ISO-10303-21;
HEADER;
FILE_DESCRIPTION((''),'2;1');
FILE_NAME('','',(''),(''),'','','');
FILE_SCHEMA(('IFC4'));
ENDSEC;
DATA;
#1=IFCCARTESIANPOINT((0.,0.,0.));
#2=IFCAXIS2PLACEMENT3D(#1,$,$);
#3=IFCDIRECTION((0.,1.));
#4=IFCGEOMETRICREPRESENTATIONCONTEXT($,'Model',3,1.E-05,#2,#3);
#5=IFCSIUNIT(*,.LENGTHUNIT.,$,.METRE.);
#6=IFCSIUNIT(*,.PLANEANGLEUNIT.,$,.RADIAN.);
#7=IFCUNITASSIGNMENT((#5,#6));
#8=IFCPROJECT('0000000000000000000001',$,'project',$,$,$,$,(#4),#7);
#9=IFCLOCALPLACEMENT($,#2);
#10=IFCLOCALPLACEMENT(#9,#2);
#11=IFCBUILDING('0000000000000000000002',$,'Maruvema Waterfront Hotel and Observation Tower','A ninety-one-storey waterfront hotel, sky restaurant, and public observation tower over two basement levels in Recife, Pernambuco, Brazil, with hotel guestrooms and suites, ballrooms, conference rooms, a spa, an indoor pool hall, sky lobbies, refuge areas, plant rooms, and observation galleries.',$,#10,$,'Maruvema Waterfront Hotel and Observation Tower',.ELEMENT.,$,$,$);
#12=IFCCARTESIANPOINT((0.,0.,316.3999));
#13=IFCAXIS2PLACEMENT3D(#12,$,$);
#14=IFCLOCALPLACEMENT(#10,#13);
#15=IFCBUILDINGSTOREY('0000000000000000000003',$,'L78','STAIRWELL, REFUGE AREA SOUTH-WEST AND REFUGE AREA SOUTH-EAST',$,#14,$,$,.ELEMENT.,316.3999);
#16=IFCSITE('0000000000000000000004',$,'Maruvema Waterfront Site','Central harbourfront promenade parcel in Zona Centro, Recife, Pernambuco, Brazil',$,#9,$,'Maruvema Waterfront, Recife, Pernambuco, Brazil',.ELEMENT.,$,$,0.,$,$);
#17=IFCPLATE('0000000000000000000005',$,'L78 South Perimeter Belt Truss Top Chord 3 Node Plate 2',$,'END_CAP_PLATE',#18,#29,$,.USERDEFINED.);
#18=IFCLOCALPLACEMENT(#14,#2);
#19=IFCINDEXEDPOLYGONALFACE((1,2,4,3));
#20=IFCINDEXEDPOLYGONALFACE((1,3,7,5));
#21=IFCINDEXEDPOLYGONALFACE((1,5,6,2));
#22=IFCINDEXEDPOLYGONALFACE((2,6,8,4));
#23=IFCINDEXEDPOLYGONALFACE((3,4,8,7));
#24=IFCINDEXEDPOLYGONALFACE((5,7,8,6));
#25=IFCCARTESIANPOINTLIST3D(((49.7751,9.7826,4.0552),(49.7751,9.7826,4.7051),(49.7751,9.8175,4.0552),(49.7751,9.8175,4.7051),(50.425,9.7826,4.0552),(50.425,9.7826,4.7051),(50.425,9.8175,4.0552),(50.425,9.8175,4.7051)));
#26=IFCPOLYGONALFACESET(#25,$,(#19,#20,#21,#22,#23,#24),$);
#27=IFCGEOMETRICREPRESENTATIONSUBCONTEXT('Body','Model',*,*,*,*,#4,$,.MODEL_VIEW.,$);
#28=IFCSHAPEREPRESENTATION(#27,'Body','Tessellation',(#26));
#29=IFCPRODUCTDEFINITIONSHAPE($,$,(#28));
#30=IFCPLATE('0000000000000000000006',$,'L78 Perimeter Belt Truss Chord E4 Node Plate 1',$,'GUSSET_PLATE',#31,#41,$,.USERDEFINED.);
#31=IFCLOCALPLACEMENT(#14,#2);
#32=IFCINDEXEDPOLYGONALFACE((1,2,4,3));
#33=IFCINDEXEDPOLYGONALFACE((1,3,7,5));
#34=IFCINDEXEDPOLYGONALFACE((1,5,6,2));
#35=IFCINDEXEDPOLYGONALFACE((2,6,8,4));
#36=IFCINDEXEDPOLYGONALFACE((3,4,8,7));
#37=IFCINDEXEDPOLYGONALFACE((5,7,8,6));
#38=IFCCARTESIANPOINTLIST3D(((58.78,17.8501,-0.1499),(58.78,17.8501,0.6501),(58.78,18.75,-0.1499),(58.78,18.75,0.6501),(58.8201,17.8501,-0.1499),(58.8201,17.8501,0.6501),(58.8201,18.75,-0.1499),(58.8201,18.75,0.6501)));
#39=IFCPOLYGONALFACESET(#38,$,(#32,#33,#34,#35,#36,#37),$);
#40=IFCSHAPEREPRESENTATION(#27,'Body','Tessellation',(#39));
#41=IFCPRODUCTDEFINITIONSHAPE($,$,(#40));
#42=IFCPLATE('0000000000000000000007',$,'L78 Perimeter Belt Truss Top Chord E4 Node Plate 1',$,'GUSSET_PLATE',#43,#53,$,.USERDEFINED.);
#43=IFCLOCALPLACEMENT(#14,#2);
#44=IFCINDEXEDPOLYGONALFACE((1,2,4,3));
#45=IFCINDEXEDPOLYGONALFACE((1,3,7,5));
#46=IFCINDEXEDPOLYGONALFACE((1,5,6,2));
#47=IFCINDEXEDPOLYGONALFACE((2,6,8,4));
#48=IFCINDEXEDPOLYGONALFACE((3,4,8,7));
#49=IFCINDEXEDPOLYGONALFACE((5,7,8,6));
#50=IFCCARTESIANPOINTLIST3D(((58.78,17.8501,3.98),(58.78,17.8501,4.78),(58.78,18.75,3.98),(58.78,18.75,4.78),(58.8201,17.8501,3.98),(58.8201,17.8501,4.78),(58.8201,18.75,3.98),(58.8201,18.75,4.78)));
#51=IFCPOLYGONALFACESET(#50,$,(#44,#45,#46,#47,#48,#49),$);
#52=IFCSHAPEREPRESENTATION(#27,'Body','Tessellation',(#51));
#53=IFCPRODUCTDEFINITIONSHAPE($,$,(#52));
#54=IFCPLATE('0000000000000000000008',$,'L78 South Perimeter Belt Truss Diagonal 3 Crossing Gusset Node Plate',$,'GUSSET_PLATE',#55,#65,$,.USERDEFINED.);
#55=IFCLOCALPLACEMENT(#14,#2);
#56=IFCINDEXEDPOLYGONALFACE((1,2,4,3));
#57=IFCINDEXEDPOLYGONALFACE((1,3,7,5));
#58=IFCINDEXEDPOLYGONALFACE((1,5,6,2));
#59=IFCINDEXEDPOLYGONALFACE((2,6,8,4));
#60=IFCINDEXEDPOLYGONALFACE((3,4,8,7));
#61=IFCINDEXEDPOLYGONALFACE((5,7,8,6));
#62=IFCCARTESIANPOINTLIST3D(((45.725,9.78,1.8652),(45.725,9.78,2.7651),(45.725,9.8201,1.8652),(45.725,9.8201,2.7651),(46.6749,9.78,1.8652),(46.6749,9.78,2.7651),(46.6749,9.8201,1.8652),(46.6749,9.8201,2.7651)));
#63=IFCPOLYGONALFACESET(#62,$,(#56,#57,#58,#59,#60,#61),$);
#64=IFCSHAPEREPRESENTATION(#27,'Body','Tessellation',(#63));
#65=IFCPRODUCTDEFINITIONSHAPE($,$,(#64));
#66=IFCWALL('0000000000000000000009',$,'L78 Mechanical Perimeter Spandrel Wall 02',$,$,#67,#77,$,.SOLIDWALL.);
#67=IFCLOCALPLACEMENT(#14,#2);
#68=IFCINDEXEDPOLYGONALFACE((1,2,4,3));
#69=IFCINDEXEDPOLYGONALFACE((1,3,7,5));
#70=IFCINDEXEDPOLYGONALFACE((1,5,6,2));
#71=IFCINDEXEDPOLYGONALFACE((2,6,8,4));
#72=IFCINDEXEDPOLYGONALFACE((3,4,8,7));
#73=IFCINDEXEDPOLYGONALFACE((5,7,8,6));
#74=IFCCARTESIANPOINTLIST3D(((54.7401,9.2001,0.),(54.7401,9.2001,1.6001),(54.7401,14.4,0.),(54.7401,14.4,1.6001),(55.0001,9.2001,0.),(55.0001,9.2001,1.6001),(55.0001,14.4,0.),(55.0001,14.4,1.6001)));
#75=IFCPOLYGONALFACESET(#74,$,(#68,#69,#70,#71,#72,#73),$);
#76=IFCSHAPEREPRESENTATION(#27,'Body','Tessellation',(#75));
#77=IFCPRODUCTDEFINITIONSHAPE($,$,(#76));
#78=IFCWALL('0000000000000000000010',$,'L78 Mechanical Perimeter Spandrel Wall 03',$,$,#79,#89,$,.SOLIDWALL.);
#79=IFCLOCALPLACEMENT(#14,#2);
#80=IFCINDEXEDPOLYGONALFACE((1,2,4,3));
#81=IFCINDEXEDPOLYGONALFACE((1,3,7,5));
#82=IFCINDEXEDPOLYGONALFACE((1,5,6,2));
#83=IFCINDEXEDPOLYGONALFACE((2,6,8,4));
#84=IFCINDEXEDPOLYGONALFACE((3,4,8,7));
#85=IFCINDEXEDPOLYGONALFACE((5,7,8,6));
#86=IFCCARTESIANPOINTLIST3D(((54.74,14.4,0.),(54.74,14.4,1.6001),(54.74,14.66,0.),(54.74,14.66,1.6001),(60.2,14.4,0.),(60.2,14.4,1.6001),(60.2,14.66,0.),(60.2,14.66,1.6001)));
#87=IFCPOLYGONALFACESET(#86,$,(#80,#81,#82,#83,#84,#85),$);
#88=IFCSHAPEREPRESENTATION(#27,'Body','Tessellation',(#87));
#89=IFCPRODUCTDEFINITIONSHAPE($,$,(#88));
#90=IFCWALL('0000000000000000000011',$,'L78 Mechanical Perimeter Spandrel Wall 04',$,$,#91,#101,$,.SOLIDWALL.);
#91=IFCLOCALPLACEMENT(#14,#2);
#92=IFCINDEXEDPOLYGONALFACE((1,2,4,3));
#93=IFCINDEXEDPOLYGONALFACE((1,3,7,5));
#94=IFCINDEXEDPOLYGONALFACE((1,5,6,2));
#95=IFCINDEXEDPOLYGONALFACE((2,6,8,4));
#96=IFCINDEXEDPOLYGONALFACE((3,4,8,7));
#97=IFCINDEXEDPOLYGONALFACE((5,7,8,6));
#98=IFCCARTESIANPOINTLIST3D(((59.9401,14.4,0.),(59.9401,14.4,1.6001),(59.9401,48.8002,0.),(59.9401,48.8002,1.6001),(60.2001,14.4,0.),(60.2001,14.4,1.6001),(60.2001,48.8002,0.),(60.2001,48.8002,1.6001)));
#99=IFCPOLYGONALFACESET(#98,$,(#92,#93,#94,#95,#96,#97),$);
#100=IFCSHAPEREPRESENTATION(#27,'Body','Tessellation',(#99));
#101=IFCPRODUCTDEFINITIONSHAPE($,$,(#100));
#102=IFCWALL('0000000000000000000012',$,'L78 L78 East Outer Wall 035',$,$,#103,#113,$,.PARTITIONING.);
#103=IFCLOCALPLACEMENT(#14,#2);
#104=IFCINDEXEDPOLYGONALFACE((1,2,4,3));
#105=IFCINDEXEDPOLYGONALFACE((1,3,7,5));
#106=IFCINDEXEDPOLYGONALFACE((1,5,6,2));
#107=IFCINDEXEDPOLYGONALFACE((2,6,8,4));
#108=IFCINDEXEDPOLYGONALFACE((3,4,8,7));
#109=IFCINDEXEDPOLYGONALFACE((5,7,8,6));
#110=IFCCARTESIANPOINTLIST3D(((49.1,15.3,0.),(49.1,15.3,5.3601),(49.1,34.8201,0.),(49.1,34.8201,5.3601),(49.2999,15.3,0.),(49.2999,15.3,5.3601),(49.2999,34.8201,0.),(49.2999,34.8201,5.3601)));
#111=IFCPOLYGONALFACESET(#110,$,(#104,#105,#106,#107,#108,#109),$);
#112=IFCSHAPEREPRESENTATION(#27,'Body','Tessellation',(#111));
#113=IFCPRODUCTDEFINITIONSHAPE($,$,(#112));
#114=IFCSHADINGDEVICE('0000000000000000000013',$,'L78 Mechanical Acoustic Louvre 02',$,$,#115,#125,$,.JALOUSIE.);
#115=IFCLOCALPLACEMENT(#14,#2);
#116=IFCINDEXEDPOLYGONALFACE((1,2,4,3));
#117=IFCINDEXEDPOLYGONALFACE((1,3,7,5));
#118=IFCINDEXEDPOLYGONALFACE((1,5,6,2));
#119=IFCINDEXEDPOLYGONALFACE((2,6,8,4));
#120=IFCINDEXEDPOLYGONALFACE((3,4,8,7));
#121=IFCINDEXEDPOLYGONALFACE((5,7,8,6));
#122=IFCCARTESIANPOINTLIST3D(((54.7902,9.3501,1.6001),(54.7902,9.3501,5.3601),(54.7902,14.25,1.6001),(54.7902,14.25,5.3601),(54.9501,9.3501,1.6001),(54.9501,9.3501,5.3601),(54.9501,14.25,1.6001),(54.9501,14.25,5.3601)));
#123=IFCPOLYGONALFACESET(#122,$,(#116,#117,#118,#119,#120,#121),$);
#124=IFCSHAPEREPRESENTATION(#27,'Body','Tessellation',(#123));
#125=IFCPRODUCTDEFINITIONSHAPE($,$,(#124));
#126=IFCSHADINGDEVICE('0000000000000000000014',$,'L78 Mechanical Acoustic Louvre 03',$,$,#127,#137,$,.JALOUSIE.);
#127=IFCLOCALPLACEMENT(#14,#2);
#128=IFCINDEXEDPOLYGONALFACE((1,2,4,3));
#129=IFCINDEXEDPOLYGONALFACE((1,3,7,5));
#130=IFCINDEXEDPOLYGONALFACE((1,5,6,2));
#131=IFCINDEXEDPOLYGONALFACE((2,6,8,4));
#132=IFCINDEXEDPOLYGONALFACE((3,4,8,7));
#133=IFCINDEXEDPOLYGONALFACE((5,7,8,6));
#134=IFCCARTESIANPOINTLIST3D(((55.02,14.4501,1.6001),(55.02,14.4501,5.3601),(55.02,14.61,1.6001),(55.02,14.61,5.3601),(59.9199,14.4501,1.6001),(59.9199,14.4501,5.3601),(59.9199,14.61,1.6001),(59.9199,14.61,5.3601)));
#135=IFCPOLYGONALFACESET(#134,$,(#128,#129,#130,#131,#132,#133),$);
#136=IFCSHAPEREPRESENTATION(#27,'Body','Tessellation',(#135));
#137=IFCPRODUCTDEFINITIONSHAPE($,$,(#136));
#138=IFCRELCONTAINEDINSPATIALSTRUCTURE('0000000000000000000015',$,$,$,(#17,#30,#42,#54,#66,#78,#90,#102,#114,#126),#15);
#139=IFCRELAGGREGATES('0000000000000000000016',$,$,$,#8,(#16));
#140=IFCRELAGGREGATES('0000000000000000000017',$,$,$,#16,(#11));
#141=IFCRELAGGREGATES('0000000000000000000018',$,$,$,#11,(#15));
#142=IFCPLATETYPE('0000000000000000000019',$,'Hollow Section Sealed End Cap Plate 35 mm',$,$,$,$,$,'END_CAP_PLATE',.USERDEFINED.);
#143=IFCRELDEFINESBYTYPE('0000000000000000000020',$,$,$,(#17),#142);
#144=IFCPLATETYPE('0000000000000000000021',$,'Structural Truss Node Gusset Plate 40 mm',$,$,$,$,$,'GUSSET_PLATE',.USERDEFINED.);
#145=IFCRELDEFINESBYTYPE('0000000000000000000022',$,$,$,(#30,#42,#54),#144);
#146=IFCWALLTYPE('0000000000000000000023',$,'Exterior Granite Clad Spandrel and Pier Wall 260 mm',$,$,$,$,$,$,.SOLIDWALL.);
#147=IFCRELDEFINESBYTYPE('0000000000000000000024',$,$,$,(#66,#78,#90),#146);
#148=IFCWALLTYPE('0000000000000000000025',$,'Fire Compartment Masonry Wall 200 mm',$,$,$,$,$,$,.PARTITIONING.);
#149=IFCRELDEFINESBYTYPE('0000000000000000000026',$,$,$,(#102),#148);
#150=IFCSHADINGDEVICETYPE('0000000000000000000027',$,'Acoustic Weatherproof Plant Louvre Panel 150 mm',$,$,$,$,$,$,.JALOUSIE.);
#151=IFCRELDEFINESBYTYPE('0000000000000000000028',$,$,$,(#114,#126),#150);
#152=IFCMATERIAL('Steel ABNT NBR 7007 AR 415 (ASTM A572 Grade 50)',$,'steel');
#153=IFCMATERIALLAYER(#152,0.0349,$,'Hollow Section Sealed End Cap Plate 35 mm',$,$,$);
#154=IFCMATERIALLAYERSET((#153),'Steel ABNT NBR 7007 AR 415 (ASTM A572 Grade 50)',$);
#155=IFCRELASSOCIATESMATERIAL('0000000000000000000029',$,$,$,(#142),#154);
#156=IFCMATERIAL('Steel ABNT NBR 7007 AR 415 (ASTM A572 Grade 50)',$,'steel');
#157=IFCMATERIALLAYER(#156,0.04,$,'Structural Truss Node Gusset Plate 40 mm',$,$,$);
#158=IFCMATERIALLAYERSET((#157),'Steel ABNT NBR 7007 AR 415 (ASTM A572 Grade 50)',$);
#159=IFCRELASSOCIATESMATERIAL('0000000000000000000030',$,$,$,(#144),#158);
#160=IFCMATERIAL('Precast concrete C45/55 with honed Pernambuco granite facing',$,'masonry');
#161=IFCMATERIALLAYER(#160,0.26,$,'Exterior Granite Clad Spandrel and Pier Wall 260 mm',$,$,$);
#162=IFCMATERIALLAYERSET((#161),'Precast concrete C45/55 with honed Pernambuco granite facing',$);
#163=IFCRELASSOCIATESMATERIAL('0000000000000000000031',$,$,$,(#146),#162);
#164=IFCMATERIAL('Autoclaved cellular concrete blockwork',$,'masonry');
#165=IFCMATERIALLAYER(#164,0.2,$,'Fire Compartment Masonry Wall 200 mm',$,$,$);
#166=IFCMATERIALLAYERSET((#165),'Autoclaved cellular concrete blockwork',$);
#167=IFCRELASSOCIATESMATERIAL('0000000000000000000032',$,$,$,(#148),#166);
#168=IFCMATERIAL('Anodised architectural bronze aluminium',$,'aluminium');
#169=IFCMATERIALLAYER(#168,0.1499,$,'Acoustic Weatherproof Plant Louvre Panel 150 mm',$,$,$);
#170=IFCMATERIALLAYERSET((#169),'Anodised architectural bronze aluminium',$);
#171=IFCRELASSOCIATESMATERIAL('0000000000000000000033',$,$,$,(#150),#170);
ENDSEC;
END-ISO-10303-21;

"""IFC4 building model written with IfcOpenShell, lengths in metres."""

from ifc_helpers import new_model, si_unit, direction, frame, frame_2d, origin, origin_2d, place, context, subcontext, project, spatial, rectangle, extrude, material, layer, layer_set, type_object, element, save


model = new_model("IFC4")

# Units and contexts
model_context = context("Model", 3, precision=1e-05, world=origin(), true_north=direction((0.0, 1.0)))
body_context = subcontext(model_context, "Body", "Model", "MODEL_VIEW")
ifc_project = project(units=[si_unit("LENGTHUNIT", "METRE"), si_unit("PLANEANGLEUNIT", "RADIAN")], contexts=[model_context])

# Site, building, storey
site_placement = place(None, origin())
site = spatial("IfcSite", under=ifc_project, at=site_placement, Name="Maruvema Waterfront Site", Description="Central harbourfront promenade parcel in Zona Centro, Recife, Pernambuco, Brazil", LongName="Maruvema Waterfront, Recife, Pernambuco, Brazil", CompositionType="ELEMENT", RefElevation=0.0)
building_placement = place(site_placement, origin())
building = spatial("IfcBuilding", under=site, at=building_placement, Name="Maruvema Waterfront Hotel and Observation Tower", Description="A ninety-one-storey waterfront hotel, sky restaurant, and public observation tower over two basement levels in Recife, Pernambuco, Brazil, with hotel guestrooms and suites, ballrooms, conference rooms, a spa, an indoor pool hall, sky lobbies, refuge areas, plant rooms, and observation galleries.", LongName="Maruvema Waterfront Hotel and Observation Tower", CompositionType="ELEMENT")
storey_placement = place(building_placement, frame((0.0, 0.0, 316.3999)))
storey = spatial("IfcBuildingStorey", under=building, at=storey_placement, Name="L78", Description="STAIRWELL, REFUGE AREA SOUTH-WEST AND REFUGE AREA SOUTH-EAST", CompositionType="ELEMENT", Elevation=316.3999)

# Plates
ifc_material_1 = material(Name="Steel ABNT NBR 7007 AR 415 (ASTM A572 Grade 50)", Category="steel")
ifc_layer_1 = layer(ifc_material_1, 0.0349, Name="Hollow Section Sealed End Cap Plate 35 mm")
ifc_layer_set_1 = layer_set([ifc_layer_1], Name="Steel ABNT NBR 7007 AR 415 (ASTM A572 Grade 50)")
plate_type_1 = type_object("IfcPlateType", Name="Hollow Section Sealed End Cap Plate 35 mm", ElementType="END_CAP_PLATE", PredefinedType="USERDEFINED", material=ifc_layer_set_1)
for number, where, z_axis, x_axis, name in (
    (1, (50.1001, 9.8, 4.0552), (0.0, 0.0, 1.0), (1.0, 0.0, 0.0), "L78 South Perimeter Belt Truss Top Chord 3 Node Plate 2"),
):
    element("IfcPlate", number, at=place(storey_placement, frame(where, z_axis=z_axis, x_axis=x_axis)), inside=storey, type_object=plate_type_1, Name=name, ObjectType="END_CAP_PLATE", PredefinedType="USERDEFINED", context=body_context, shape_type="SweptSolid", body=[
        extrude(rectangle(XDim=0.6499, YDim=0.0349, at=origin_2d()), origin(), (0.0, 0.0, 1.0), 0.6499),
    ])
ifc_material_2 = material(Name="Steel ABNT NBR 7007 AR 415 (ASTM A572 Grade 50)", Category="steel")
ifc_layer_2 = layer(ifc_material_2, 0.04, Name="Structural Truss Node Gusset Plate 40 mm")
ifc_layer_set_2 = layer_set([ifc_layer_2], Name="Steel ABNT NBR 7007 AR 415 (ASTM A572 Grade 50)")
plate_type_2 = type_object("IfcPlateType", Name="Structural Truss Node Gusset Plate 40 mm", ElementType="GUSSET_PLATE", PredefinedType="USERDEFINED", material=ifc_layer_set_2)
for number, where, z_axis, x_axis, name in (
    (2, (58.8, 18.3, -0.1499), (0.0, 0.0, 1.0), (0.0, 1.0, 0.0), "L78 Perimeter Belt Truss Chord E4 Node Plate 1"),
    (3, (58.8, 18.3, 3.98), (0.0, 0.0, 1.0), (0.0, 1.0, 0.0), "L78 Perimeter Belt Truss Top Chord E4 Node Plate 1"),
):
    element("IfcPlate", number, at=place(storey_placement, frame(where, z_axis=z_axis, x_axis=x_axis)), inside=storey, type_object=plate_type_2, Name=name, ObjectType="GUSSET_PLATE", PredefinedType="USERDEFINED", context=body_context, shape_type="SweptSolid", body=[
        extrude(rectangle(XDim=0.8999, YDim=0.04, at=origin_2d()), origin(), (0.0, 0.0, 1.0), 0.8),
    ])
plate_placement = place(storey_placement, frame((46.2, 9.8, 1.8652), z_axis=(0.0, 0.0, 1.0), x_axis=(-1.0, 0.0, 0.0)))
element("IfcPlate", 4, at=plate_placement, inside=storey, type_object=plate_type_2, Name="L78 South Perimeter Belt Truss Diagonal 3 Crossing Gusset Node Plate", ObjectType="GUSSET_PLATE", PredefinedType="USERDEFINED", context=body_context, shape_type="SweptSolid", body=[
    extrude(rectangle(XDim=0.95, YDim=0.04, at=origin_2d()), origin(), (0.0, 0.0, 1.0), 0.8999),
])

# Walls
ifc_material_3 = material(Name="Precast concrete C45/55 with honed Pernambuco granite facing", Category="masonry")
ifc_layer_3 = layer(ifc_material_3, 0.26, Name="Exterior Granite Clad Spandrel and Pier Wall 260 mm")
ifc_layer_set_3 = layer_set([ifc_layer_3], Name="Precast concrete C45/55 with honed Pernambuco granite facing")
wall_type_1 = type_object("IfcWallType", Name="Exterior Granite Clad Spandrel and Pier Wall 260 mm", PredefinedType="SOLIDWALL", material=ifc_layer_set_3)
wall_1_placement = place(storey_placement, frame((54.8701, 9.2, 0.0), z_axis=(0.0, 0.0, 1.0), x_axis=(0.0, 1.0, 0.0)))
element("IfcWall", 5, at=wall_1_placement, inside=storey, type_object=wall_type_1, Name="L78 Mechanical Perimeter Spandrel Wall 02", PredefinedType="SOLIDWALL", context=body_context, shape_type="SweptSolid", body=[
    extrude(rectangle(XDim=5.2, YDim=0.26, at=frame_2d((2.6001, 0.0))), origin(), (0.0, 0.0, 1.0), 1.6001),
])
wall_2_placement = place(storey_placement, frame((54.74, 14.53, 0.0), z_axis=(0.0, 0.0, 1.0), x_axis=(1.0, 0.0, 0.0)))
element("IfcWall", 6, at=wall_2_placement, inside=storey, type_object=wall_type_1, Name="L78 Mechanical Perimeter Spandrel Wall 03", PredefinedType="SOLIDWALL", context=body_context, shape_type="SweptSolid", body=[
    extrude(rectangle(XDim=5.46, YDim=0.26, at=frame_2d((2.73, 0.0))), origin(), (0.0, 0.0, 1.0), 1.6001),
])
wall_3_placement = place(storey_placement, frame((60.0701, 14.3999, 0.0), z_axis=(0.0, 0.0, 1.0), x_axis=(0.0, 1.0, 0.0)))
element("IfcWall", 7, at=wall_3_placement, inside=storey, type_object=wall_type_1, Name="L78 Mechanical Perimeter Spandrel Wall 04", PredefinedType="SOLIDWALL", context=body_context, shape_type="SweptSolid", body=[
    extrude(rectangle(XDim=34.4001, YDim=0.26, at=frame_2d((17.2002, 0.0))), origin(), (0.0, 0.0, 1.0), 1.6001),
])
ifc_material_4 = material(Name="Autoclaved cellular concrete blockwork", Category="masonry")
ifc_layer_4 = layer(ifc_material_4, 0.2, Name="Fire Compartment Masonry Wall 200 mm")
ifc_layer_set_4 = layer_set([ifc_layer_4], Name="Autoclaved cellular concrete blockwork")
wall_type_2 = type_object("IfcWallType", Name="Fire Compartment Masonry Wall 200 mm", PredefinedType="PARTITIONING", material=ifc_layer_set_4)
wall_4_placement = place(storey_placement, frame((49.2, 15.3, 0.0), z_axis=(0.0, 0.0, 1.0), x_axis=(0.0, 1.0, 0.0)))
element("IfcWall", 8, at=wall_4_placement, inside=storey, type_object=wall_type_2, Name="L78 L78 East Outer Wall 035", PredefinedType="PARTITIONING", context=body_context, shape_type="SweptSolid", body=[
    extrude(rectangle(XDim=19.52, YDim=0.2, at=frame_2d((9.76, 0.0))), origin(), (0.0, 0.0, 1.0), 5.3601),
])

# Shading devices
ifc_material_5 = material(Name="Anodised architectural bronze aluminium", Category="aluminium")
ifc_layer_5 = layer(ifc_material_5, 0.1499, Name="Acoustic Weatherproof Plant Louvre Panel 150 mm")
ifc_layer_set_5 = layer_set([ifc_layer_5], Name="Anodised architectural bronze aluminium")
shading_device_type = type_object("IfcShadingDeviceType", Name="Acoustic Weatherproof Plant Louvre Panel 150 mm", PredefinedType="JALOUSIE", material=ifc_layer_set_5)
for number, where, z_axis, x_axis, name in (
    (9, (54.8701, 11.8, 1.6001), (0.0, 0.0, 1.0), (0.0, 1.0, 0.0), "L78 Mechanical Acoustic Louvre 02"),
    (10, (57.47, 14.53, 1.6001), (0.0, 0.0, 1.0), (1.0, 0.0, 0.0), "L78 Mechanical Acoustic Louvre 03"),
):
    element("IfcShadingDevice", number, at=place(storey_placement, frame(where, z_axis=z_axis, x_axis=x_axis)), inside=storey, type_object=shading_device_type, Name=name, PredefinedType="JALOUSIE", context=body_context, shape_type="SweptSolid", body=[
        extrude(rectangle(XDim=4.8999, YDim=0.1599, at=origin_2d()), origin(), (0.0, 0.0, 1.0), 3.76),
    ])

save(model, "model.ifc")
